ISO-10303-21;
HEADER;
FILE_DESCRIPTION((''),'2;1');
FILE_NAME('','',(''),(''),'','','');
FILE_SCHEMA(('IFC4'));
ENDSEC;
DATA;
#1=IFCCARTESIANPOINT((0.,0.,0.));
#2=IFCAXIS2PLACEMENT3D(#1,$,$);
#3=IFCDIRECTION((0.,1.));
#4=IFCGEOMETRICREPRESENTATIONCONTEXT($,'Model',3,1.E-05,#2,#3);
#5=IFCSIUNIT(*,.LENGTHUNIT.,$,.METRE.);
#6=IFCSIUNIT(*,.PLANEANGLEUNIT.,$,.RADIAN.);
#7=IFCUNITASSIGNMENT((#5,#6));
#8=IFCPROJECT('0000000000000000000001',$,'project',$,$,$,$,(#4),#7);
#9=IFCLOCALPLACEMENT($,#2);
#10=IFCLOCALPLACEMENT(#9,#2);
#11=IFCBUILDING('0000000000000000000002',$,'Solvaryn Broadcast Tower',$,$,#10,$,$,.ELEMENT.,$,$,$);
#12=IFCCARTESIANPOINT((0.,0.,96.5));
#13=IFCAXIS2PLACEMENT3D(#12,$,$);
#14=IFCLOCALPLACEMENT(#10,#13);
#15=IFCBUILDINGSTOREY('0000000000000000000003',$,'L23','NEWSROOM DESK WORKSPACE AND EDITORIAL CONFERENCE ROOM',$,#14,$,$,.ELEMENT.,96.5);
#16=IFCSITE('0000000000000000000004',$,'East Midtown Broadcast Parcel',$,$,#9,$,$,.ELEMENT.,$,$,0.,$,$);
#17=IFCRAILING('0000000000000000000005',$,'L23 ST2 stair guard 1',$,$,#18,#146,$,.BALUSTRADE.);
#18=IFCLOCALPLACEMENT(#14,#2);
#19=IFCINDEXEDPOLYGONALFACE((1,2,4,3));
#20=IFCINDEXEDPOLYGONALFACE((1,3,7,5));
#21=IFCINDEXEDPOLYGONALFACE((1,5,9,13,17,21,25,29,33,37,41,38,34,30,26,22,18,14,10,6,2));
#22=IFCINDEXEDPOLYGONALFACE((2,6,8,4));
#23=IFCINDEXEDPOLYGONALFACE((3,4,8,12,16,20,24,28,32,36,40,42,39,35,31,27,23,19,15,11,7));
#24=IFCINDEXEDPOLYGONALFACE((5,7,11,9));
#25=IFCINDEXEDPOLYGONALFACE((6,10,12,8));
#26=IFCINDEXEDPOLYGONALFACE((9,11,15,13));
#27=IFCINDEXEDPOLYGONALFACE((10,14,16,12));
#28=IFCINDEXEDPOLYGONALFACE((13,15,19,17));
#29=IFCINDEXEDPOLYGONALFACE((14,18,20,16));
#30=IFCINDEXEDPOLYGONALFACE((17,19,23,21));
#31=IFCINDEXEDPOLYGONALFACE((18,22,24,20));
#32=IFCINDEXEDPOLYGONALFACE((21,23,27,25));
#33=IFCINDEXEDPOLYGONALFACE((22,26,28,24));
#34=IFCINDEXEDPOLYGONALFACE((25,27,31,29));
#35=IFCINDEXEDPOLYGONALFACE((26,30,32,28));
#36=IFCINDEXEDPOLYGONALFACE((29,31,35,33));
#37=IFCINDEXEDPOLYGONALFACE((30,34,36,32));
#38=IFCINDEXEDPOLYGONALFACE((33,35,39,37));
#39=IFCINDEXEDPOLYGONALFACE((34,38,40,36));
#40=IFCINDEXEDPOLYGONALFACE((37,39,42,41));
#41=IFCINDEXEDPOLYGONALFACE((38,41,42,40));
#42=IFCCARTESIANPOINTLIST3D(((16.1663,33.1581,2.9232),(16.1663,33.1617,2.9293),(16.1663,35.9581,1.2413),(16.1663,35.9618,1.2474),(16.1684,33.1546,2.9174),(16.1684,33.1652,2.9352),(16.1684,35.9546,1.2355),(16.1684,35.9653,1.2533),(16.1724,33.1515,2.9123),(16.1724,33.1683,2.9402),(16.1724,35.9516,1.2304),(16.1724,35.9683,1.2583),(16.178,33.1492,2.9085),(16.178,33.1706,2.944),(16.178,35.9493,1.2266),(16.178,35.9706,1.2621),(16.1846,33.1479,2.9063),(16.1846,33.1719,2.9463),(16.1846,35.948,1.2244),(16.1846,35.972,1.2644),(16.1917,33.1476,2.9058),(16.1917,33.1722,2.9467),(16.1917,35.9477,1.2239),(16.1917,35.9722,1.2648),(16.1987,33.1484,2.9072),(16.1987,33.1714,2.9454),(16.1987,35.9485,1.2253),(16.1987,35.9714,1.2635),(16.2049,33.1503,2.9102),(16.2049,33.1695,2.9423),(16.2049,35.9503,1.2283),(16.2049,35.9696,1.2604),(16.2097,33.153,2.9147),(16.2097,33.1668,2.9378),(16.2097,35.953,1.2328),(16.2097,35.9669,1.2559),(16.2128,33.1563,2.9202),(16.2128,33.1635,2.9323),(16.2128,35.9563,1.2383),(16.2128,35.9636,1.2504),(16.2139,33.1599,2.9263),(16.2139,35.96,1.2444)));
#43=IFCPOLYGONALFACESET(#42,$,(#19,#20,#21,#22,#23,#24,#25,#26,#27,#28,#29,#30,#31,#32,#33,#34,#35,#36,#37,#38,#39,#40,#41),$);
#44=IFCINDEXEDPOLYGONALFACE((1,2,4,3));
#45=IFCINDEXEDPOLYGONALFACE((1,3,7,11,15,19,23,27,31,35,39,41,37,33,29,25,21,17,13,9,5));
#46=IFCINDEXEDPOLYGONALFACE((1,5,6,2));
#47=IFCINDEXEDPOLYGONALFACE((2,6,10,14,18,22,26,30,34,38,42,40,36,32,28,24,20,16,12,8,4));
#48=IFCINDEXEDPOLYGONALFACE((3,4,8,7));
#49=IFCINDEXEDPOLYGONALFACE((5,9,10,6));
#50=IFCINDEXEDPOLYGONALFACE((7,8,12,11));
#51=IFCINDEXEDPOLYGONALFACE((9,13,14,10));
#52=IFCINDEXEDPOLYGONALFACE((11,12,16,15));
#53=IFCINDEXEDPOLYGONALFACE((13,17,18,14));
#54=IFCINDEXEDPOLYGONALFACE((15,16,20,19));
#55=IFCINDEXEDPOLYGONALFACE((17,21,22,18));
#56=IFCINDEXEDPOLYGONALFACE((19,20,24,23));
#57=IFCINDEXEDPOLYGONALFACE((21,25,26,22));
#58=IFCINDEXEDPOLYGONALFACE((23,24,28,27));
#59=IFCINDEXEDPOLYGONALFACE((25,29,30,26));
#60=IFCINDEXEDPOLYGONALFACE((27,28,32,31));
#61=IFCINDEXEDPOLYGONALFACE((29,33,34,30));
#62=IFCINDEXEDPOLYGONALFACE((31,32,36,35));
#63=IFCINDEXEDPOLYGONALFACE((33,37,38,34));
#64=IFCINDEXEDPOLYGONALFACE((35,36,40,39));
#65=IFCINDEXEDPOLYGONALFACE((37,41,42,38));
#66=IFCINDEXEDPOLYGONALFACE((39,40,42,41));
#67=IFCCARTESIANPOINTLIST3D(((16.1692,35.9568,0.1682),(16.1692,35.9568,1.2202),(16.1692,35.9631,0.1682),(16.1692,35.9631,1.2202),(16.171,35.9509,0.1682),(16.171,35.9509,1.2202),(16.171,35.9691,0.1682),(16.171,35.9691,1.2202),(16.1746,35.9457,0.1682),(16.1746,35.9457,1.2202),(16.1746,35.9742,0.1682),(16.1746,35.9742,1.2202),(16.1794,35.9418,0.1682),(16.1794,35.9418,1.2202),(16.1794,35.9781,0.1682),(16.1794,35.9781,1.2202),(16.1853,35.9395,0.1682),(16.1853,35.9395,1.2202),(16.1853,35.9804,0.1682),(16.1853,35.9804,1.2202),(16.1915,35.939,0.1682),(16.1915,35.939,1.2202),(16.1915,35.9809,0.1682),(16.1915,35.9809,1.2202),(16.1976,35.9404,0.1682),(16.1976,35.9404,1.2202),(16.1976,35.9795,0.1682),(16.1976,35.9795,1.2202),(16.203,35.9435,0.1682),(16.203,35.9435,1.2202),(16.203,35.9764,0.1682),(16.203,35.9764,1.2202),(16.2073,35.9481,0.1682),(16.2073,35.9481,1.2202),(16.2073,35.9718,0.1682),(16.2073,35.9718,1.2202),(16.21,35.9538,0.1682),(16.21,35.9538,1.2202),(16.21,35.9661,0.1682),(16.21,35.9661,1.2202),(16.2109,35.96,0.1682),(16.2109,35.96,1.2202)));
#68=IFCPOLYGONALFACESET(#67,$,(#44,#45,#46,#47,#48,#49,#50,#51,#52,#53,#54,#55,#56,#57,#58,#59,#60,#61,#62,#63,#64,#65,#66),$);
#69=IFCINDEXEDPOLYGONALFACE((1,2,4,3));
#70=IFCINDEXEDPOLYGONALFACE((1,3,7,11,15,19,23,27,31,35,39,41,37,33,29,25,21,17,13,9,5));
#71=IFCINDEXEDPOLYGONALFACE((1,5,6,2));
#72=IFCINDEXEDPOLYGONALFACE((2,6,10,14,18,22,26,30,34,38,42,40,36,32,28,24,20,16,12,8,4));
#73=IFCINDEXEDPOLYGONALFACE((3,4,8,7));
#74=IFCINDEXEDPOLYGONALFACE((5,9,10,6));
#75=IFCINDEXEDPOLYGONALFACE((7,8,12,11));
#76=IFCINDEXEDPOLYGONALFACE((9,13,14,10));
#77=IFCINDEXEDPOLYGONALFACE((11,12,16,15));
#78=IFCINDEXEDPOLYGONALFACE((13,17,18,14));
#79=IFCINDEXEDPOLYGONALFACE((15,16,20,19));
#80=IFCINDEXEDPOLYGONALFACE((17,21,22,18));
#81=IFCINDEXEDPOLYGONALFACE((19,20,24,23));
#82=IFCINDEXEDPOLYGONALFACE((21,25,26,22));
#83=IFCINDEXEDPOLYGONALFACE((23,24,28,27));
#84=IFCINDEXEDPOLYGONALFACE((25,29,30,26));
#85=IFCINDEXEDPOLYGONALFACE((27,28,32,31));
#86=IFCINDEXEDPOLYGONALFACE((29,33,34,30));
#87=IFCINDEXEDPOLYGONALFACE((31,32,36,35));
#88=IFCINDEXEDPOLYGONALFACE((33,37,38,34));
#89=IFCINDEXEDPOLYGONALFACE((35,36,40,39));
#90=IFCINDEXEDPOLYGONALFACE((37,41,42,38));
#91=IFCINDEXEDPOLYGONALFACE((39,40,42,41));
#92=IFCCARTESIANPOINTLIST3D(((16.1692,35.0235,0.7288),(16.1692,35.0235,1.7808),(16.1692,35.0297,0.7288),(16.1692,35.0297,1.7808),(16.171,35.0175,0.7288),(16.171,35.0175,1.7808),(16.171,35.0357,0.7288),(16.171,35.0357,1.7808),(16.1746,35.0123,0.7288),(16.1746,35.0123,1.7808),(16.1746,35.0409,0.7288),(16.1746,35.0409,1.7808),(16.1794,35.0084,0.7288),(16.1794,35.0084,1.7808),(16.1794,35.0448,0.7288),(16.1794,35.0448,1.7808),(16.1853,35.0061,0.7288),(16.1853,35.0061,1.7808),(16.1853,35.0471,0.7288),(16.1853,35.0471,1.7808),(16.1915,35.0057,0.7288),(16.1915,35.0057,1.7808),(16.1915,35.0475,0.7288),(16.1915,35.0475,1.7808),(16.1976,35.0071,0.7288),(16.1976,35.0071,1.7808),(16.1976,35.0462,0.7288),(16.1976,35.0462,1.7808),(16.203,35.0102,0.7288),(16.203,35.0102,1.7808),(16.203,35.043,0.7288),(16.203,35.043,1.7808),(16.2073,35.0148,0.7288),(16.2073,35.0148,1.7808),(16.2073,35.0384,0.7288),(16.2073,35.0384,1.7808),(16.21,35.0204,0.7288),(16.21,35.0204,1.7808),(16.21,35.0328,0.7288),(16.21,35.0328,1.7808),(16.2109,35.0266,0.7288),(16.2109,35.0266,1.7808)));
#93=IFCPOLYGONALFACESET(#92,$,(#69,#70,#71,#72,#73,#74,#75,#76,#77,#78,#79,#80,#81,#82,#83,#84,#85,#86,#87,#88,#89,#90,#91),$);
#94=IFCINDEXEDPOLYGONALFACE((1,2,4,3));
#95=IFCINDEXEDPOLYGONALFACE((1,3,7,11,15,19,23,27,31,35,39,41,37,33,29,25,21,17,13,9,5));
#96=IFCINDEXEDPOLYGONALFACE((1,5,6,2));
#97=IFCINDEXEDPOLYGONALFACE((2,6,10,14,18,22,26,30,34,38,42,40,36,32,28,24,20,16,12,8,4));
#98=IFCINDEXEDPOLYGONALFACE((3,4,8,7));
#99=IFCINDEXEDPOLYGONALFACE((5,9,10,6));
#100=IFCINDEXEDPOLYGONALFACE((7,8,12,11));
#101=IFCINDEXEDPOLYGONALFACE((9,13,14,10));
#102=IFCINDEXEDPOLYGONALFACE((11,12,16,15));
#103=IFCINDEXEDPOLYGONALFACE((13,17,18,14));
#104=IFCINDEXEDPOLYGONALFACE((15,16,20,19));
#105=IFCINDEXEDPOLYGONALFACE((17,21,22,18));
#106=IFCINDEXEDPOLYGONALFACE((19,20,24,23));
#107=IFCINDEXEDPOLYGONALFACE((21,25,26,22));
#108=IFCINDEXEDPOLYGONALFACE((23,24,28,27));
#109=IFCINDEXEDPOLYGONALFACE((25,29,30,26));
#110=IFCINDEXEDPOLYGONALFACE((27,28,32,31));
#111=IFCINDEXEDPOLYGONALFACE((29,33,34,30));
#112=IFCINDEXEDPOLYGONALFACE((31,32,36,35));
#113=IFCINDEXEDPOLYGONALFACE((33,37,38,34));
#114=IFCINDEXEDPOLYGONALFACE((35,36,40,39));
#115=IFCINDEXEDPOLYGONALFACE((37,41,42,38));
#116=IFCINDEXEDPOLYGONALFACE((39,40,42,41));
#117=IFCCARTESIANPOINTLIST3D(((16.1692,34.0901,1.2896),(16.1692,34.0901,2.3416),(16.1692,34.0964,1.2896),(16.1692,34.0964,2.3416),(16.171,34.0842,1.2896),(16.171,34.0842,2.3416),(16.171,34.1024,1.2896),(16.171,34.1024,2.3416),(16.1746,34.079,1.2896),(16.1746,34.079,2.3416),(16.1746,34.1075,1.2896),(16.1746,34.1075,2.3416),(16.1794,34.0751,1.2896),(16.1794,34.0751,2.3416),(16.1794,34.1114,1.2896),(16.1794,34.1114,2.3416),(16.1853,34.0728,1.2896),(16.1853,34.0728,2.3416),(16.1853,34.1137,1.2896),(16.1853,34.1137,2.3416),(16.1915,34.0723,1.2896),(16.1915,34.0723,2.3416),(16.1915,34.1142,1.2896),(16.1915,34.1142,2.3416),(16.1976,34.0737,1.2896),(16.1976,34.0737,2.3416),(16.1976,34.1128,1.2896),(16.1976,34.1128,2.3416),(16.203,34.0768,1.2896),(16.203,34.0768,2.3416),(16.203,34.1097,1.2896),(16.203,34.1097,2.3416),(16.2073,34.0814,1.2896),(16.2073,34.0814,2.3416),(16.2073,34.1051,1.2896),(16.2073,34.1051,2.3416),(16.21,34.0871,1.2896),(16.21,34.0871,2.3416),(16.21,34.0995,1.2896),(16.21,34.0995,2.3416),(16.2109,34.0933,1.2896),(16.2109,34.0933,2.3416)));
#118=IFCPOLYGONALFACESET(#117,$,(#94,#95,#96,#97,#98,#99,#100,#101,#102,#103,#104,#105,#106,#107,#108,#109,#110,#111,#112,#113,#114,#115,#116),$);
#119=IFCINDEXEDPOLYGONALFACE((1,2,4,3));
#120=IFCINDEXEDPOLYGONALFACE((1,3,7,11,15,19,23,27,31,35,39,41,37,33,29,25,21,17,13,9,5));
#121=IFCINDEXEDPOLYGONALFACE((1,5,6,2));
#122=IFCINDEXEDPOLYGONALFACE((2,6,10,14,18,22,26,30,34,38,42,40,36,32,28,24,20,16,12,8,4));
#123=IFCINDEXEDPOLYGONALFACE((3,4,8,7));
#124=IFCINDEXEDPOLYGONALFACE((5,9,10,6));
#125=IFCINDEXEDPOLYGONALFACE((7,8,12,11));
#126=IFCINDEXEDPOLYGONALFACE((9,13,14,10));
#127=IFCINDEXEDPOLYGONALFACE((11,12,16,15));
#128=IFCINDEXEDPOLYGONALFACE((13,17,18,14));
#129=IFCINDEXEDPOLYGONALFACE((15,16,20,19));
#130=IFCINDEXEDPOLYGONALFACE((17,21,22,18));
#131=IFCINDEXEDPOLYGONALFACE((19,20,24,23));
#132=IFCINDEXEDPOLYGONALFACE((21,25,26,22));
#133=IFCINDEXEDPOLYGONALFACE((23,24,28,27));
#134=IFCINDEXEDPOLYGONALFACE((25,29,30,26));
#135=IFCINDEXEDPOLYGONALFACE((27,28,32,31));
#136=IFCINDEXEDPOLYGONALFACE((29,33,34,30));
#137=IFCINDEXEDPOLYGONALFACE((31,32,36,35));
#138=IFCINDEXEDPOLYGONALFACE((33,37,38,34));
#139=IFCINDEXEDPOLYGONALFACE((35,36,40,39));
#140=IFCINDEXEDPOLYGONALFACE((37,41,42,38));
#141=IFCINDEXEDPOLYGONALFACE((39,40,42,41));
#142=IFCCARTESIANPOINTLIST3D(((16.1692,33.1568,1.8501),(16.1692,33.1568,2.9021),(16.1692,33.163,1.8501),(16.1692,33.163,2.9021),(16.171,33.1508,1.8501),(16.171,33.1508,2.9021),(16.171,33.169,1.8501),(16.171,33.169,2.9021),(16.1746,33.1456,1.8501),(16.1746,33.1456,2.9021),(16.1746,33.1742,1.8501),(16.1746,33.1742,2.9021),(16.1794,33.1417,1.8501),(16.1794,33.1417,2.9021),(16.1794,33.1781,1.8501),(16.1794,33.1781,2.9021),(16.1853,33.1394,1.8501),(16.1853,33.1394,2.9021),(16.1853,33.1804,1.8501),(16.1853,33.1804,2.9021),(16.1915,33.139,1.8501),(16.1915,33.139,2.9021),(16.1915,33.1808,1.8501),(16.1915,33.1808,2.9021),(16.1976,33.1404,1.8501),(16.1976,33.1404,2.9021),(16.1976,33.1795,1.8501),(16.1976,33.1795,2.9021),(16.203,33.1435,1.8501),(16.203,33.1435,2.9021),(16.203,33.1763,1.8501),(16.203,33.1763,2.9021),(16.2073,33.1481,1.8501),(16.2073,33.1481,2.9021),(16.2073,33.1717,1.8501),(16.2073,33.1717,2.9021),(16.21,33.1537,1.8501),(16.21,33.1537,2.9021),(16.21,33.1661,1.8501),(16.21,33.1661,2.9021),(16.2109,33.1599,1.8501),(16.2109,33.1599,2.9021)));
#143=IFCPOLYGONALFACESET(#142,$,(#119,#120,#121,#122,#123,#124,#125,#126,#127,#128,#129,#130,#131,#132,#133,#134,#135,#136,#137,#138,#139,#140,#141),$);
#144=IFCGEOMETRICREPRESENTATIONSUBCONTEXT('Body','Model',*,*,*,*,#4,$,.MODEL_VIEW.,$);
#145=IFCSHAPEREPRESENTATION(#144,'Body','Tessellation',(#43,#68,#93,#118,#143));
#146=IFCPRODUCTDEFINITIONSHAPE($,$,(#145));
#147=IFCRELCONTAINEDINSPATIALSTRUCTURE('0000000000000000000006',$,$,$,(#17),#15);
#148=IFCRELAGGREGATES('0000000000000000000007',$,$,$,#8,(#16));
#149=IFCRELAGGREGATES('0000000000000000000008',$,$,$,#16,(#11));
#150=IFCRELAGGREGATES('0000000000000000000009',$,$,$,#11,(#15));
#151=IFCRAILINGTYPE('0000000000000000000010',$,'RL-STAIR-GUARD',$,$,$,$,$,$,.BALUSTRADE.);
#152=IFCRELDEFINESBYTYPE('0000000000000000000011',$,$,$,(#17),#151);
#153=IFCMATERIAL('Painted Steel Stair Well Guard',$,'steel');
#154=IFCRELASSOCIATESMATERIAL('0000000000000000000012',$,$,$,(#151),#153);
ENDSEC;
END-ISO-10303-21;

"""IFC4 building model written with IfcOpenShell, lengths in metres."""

from ifc_helpers import new_model, si_unit, direction, frame, origin, origin_2d, place, context, subcontext, project, spatial, circle, extrude, material, type_object, element, save


model = new_model("IFC4")

# Units and contexts
model_context = context("Model", 3, precision=1e-05, world=origin(), true_north=direction((0.0, 1.0)))
body_context = subcontext(model_context, "Body", "Model", "MODEL_VIEW")
ifc_project = project(units=[si_unit("LENGTHUNIT", "METRE"), si_unit("PLANEANGLEUNIT", "RADIAN")], contexts=[model_context])

# Site, building, storey
site_placement = place(None, origin())
site = spatial("IfcSite", under=ifc_project, at=site_placement, Name="East Midtown Broadcast Parcel", CompositionType="ELEMENT", RefElevation=0.0)
building_placement = place(site_placement, origin())
building = spatial("IfcBuilding", under=site, at=building_placement, Name="Solvaryn Broadcast Tower", CompositionType="ELEMENT")
storey_placement = place(building_placement, frame((0.0, 0.0, 96.5)))
storey = spatial("IfcBuildingStorey", under=building, at=storey_placement, Name="L23", Description="NEWSROOM DESK WORKSPACE AND EDITORIAL CONFERENCE ROOM", CompositionType="ELEMENT", Elevation=96.5)

# Railing
ifc_material_1 = material(Name="Painted Steel Stair Well Guard", Category="steel")
railing_type_1 = type_object("IfcRailingType", Name="RL-STAIR-GUARD", PredefinedType="BALUSTRADE", material=ifc_material_1)
railing_1_placement = place(storey_placement, frame((16.1899, 35.96, 0.1682)))
element("IfcRailing", 1, at=railing_1_placement, inside=storey, type_object=railing_type_1, Name="L23 ST2 stair guard 1", PredefinedType="BALUSTRADE", context=body_context, shape_type="SweptSolid", body=[
    extrude(circle(Radius=0.0239, at=origin_2d()), frame((0.0, 0.0, 1.0762), z_axis=(0.0, -0.857242, 0.514913), x_axis=(1.0, 0.0, 0.0)), (0.0, 0.0, 1.0), 3.2664),
    extrude(circle(Radius=0.021, at=origin_2d()), origin(), (0.0, 0.0, 1.0), 1.052),
    extrude(circle(Radius=0.021, at=origin_2d()), frame((0.0, -0.9333, 0.5605)), (0.0, 0.0, 1.0), 1.052),
    extrude(circle(Radius=0.021, at=origin_2d()), frame((0.0, -1.8667, 1.1213)), (0.0, 0.0, 1.0), 1.052),
    extrude(circle(Radius=0.021, at=origin_2d()), frame((0.0, -2.8, 1.6819)), (0.0, 0.0, 1.0), 1.052),
])

save(model, "model.ifc")
